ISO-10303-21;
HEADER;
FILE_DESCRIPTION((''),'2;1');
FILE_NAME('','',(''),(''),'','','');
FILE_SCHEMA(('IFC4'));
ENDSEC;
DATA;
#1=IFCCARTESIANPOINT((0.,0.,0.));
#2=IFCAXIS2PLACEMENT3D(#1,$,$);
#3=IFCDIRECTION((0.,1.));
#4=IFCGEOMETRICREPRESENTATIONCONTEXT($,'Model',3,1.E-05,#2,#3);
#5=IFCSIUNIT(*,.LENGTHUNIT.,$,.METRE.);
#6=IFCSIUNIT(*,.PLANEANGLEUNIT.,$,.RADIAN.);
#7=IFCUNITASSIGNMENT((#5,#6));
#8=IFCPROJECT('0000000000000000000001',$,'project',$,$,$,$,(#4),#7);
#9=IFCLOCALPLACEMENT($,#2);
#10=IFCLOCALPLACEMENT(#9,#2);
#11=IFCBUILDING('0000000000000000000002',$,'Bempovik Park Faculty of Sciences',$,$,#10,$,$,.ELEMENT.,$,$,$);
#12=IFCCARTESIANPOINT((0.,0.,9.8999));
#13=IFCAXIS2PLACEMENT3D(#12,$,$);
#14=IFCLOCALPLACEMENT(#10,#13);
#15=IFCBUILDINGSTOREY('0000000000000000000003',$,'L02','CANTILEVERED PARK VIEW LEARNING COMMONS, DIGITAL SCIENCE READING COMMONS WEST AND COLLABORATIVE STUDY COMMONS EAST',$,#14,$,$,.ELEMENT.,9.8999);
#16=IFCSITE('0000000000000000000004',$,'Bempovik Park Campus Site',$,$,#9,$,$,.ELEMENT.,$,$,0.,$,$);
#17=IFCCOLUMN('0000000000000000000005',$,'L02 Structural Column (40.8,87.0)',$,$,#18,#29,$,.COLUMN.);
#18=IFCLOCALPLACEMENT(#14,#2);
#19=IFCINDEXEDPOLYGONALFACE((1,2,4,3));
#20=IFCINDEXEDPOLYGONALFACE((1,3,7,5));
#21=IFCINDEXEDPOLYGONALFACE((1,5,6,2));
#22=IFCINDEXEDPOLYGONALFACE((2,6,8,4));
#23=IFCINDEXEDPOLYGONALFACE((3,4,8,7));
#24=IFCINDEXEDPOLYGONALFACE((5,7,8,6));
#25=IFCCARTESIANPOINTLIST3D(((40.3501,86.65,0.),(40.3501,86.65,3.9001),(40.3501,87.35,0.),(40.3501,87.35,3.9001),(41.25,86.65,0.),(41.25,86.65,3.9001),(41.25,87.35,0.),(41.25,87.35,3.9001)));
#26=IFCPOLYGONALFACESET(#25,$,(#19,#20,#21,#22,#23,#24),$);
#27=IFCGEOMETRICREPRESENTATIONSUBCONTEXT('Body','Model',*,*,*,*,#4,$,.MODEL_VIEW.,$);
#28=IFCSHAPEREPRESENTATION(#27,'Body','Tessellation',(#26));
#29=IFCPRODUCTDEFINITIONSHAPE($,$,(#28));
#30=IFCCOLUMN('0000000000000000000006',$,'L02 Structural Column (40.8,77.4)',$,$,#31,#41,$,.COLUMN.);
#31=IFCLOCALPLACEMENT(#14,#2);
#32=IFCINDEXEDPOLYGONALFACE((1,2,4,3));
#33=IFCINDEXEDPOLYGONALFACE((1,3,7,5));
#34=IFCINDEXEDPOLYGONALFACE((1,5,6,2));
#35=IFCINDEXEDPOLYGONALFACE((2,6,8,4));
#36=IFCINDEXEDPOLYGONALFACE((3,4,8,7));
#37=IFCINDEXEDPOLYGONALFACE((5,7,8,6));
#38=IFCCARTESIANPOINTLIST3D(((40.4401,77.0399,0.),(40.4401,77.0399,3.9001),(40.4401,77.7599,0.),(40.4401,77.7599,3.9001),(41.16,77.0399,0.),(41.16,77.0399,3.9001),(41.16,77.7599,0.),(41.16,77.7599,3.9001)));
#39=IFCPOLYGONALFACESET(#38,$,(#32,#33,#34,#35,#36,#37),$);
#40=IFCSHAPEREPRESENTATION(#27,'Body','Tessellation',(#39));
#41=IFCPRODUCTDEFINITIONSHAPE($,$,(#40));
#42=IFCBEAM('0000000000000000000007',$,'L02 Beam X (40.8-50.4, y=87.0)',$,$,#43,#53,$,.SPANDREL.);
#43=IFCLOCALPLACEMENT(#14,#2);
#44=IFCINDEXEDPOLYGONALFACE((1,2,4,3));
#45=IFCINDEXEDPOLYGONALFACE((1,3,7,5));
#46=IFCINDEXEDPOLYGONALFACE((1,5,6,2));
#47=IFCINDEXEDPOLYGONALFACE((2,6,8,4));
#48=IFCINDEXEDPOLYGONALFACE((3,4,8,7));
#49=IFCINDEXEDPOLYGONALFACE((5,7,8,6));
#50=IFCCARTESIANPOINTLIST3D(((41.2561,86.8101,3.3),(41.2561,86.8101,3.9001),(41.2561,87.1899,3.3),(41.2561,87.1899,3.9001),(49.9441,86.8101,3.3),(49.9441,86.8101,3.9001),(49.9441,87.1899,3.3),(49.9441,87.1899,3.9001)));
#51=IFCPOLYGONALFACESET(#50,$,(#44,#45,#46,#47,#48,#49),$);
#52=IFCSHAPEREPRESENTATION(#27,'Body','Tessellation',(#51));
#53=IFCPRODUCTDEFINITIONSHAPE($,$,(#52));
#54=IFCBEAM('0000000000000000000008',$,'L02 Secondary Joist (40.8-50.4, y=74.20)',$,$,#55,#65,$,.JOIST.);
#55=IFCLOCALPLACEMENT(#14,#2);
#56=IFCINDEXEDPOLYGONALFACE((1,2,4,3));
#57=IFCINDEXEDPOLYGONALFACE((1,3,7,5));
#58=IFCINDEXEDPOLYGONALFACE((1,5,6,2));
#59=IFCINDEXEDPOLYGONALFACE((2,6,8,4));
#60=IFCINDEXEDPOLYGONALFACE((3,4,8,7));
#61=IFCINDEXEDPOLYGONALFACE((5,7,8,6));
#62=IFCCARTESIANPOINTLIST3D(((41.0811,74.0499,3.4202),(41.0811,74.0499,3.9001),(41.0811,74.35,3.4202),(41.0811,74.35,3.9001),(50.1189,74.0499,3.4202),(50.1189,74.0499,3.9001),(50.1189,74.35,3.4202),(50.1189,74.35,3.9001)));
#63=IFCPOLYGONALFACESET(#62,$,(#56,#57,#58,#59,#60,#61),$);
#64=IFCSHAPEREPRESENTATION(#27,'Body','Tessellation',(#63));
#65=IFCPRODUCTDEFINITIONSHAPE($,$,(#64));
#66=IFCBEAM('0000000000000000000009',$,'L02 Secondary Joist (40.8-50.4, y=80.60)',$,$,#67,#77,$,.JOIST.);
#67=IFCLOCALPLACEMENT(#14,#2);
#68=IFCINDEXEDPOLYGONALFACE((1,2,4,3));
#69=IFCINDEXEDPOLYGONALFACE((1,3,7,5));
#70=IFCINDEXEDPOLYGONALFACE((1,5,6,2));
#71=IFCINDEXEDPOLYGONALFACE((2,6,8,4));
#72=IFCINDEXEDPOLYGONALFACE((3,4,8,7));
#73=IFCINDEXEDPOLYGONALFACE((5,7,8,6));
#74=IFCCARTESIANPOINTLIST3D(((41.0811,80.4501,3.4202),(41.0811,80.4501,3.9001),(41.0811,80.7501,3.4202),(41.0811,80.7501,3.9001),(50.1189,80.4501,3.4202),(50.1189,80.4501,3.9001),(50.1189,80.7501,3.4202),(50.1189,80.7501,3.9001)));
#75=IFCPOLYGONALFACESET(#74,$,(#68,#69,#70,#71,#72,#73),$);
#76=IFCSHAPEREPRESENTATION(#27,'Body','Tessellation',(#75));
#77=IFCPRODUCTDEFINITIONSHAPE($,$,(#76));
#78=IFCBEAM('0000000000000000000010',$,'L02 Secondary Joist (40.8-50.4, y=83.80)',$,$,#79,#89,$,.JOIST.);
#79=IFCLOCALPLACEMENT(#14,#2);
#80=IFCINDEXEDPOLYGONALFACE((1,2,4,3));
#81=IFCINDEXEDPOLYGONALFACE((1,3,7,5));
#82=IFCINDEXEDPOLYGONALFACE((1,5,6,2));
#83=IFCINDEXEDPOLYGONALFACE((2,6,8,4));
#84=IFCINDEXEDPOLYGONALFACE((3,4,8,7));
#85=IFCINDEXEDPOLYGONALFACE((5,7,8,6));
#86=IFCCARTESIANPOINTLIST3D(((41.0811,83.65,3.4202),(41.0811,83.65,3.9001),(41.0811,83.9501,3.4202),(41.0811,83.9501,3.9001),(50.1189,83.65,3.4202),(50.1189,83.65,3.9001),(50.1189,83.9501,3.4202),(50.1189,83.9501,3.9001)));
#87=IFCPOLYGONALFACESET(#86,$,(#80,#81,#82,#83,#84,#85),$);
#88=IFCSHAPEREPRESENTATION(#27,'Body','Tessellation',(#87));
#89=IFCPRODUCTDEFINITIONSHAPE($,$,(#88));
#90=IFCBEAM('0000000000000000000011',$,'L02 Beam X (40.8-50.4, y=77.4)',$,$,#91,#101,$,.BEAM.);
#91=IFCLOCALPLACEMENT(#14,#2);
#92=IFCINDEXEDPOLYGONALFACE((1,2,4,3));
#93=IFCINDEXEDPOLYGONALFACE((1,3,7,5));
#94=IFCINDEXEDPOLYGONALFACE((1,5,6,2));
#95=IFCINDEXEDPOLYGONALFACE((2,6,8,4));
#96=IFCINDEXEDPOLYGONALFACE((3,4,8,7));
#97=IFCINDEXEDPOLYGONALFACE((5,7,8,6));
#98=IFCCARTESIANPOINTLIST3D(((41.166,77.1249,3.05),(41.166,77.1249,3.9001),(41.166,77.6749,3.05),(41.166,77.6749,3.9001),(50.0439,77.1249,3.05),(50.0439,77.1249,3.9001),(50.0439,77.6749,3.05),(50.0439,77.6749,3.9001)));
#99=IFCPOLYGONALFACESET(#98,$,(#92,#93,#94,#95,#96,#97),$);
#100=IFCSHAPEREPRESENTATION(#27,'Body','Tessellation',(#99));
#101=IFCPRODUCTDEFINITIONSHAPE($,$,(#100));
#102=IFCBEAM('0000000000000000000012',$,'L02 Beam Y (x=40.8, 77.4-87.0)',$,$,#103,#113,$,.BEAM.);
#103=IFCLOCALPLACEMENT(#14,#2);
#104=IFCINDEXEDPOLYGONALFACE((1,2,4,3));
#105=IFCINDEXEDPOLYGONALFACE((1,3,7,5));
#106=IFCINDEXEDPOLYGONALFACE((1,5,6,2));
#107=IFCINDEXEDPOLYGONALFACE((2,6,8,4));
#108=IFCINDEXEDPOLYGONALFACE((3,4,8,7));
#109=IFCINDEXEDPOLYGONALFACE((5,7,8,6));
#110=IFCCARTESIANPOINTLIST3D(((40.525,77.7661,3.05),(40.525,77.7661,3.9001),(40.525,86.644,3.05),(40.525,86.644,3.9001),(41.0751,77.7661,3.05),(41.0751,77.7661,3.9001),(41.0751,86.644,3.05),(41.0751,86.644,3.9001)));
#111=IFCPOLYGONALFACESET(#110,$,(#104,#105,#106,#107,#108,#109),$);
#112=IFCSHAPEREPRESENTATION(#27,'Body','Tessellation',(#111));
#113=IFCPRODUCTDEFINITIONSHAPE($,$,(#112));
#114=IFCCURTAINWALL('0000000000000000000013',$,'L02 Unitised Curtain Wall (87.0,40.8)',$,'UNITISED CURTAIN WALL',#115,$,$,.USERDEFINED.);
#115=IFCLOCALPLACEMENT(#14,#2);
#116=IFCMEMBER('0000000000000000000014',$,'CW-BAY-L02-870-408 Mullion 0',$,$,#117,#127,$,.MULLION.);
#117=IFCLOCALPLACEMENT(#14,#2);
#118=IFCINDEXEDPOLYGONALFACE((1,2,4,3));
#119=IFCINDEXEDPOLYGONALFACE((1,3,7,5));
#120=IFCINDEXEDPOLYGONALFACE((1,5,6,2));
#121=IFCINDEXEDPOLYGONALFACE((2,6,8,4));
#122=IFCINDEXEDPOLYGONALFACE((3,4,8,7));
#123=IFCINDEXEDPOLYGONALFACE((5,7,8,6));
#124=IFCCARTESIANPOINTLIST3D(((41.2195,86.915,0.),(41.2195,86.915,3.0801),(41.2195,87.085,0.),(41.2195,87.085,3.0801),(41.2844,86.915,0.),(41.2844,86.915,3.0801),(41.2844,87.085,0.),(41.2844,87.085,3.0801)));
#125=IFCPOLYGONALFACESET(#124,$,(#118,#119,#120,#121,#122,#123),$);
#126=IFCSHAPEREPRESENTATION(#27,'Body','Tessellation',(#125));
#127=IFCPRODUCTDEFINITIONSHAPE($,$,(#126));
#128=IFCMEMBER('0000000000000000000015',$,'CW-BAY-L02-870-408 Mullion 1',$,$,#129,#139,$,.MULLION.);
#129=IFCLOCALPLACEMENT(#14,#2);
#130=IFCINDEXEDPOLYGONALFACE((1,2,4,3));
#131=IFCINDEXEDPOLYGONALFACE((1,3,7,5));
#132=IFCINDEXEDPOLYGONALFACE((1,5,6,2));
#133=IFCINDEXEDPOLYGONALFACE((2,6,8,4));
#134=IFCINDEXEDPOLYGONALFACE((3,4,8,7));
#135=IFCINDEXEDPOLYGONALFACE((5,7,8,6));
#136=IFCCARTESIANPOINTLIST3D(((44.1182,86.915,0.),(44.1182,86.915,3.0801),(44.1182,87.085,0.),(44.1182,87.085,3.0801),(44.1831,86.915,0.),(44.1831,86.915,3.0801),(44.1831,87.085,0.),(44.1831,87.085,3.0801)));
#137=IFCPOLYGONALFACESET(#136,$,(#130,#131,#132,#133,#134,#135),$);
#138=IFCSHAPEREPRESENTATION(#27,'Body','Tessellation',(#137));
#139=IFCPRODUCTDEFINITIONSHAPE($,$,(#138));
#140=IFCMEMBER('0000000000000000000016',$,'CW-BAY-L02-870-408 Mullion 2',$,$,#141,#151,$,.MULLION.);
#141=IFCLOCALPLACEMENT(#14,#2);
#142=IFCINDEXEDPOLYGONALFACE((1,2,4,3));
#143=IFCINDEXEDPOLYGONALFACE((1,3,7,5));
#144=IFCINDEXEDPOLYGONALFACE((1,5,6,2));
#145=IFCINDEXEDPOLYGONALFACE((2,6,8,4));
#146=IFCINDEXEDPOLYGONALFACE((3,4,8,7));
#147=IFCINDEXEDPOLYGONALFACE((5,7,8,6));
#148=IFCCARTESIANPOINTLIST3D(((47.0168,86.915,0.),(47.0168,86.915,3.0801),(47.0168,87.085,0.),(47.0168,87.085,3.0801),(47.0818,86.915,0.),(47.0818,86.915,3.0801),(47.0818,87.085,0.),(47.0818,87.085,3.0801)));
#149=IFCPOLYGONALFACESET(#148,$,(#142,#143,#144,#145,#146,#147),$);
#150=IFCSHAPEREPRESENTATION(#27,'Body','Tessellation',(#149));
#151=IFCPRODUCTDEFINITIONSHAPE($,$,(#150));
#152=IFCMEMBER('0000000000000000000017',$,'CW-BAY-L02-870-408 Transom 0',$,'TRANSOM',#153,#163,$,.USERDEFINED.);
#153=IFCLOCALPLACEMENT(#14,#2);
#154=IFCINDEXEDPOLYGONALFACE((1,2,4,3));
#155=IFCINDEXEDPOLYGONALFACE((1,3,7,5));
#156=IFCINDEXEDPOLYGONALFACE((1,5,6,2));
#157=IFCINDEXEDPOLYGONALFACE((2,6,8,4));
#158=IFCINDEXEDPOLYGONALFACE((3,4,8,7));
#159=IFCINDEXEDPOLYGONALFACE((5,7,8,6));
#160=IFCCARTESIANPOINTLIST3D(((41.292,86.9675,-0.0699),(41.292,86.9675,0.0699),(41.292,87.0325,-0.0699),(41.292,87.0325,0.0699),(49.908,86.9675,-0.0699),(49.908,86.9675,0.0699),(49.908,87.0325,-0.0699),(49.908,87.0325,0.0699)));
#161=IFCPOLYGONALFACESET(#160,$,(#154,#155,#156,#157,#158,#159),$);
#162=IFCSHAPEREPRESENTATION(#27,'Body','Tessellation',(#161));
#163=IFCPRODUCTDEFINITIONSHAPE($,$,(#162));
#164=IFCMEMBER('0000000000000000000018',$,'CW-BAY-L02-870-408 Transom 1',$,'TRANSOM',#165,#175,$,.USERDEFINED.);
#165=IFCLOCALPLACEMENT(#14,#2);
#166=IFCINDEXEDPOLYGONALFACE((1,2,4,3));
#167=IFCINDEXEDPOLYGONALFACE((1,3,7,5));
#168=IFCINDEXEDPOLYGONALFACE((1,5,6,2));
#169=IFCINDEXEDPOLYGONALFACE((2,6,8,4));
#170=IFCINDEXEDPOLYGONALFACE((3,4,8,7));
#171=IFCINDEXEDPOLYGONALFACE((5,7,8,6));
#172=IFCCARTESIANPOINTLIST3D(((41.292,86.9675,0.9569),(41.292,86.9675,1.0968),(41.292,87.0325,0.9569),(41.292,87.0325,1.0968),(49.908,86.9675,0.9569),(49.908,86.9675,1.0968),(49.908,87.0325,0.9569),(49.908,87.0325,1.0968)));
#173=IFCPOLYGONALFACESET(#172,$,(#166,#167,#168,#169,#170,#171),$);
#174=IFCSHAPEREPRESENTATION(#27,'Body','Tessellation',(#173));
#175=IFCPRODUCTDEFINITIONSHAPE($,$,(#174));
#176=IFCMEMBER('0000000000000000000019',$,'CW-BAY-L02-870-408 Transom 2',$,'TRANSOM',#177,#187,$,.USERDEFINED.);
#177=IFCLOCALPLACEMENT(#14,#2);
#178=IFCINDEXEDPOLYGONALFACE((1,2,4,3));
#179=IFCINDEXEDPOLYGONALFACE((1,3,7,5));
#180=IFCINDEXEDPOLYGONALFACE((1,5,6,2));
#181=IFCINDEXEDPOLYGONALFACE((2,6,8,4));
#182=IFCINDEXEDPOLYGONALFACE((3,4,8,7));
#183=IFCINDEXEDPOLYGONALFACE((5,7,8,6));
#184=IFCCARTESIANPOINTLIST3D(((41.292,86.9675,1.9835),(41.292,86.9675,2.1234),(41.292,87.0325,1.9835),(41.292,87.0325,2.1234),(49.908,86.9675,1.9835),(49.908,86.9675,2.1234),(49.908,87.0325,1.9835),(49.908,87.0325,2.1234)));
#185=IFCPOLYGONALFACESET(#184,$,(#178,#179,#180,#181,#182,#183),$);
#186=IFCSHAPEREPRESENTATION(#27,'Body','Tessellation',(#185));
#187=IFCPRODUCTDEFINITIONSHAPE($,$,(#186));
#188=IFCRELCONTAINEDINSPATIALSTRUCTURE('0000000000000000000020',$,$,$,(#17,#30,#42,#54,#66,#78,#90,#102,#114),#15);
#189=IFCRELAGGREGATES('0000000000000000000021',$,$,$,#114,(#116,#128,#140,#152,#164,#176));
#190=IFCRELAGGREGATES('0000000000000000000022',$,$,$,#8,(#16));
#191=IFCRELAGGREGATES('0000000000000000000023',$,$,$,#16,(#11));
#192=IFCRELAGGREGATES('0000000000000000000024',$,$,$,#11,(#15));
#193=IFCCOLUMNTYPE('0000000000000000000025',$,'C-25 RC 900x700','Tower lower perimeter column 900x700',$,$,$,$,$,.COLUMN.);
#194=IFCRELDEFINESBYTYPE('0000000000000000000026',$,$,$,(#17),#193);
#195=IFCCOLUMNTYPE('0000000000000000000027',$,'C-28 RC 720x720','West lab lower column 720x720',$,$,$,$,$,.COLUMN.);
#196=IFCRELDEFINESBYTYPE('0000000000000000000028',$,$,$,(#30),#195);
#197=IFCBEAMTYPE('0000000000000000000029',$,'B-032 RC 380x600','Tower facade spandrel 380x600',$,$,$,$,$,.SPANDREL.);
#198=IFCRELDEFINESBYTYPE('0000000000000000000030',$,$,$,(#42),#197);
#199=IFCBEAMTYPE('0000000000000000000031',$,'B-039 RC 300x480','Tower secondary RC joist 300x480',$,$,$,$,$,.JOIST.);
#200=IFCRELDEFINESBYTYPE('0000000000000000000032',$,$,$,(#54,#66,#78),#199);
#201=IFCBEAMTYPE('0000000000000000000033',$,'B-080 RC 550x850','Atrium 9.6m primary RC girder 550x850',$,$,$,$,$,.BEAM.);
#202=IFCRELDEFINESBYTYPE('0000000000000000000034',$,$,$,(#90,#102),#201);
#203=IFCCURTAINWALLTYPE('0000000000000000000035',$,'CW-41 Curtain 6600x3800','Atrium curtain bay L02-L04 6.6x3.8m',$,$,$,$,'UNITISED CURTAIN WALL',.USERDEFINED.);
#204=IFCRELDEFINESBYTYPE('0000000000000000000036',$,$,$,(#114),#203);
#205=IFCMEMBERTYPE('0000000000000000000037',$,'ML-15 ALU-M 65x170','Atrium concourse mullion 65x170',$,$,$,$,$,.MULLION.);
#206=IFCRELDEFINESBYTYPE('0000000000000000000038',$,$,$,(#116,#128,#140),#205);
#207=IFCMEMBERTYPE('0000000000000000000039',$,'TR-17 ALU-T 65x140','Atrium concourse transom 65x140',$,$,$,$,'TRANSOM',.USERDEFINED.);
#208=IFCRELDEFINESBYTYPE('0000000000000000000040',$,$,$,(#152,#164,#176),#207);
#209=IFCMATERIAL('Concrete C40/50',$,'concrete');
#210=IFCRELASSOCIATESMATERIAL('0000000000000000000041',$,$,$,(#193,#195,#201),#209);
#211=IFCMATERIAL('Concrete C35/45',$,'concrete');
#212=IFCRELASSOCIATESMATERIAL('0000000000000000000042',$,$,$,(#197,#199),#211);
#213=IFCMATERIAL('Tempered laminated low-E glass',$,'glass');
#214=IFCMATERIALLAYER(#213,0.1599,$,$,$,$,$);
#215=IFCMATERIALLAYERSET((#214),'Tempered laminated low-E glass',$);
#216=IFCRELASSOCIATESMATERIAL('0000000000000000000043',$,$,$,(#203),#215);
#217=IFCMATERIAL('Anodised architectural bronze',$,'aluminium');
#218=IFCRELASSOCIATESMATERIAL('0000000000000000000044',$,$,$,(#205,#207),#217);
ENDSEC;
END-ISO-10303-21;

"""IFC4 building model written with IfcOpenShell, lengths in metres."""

from ifc_helpers import new_model, si_unit, direction, frame, origin, origin_2d, place, context, subcontext, project, spatial, rectangle, extrude, material, layer, layer_set, material_profile, profile_set, type_object, element, aggregate, save


model = new_model("IFC4")

# Units and contexts
model_context = context("Model", 3, precision=1e-05, world=origin(), true_north=direction((0.0, 1.0)))
body_context = subcontext(model_context, "Body", "Model", "MODEL_VIEW")
ifc_project = project(units=[si_unit("LENGTHUNIT", "METRE"), si_unit("PLANEANGLEUNIT", "RADIAN")], contexts=[model_context])

# Site, building, storey
site_placement = place(None, origin())
site = spatial("IfcSite", under=ifc_project, at=site_placement, Name="Bempovik Park Campus Site", CompositionType="ELEMENT", RefElevation=0.0)
building_placement = place(site_placement, origin())
building = spatial("IfcBuilding", under=site, at=building_placement, Name="Bempovik Park Faculty of Sciences", CompositionType="ELEMENT")
storey_placement = place(building_placement, frame((0.0, 0.0, 9.8999)))
storey = spatial("IfcBuildingStorey", under=building, at=storey_placement, Name="L02", Description="CANTILEVERED PARK VIEW LEARNING COMMONS, DIGITAL SCIENCE READING COMMONS WEST AND COLLABORATIVE STUDY COMMONS EAST", CompositionType="ELEMENT", Elevation=9.8999)

# Columns
ifc_material_1 = material(Name="Concrete C40/50", Category="concrete")
ifc_material_profile_1 = material_profile(ifc_material_1, rectangle(XDim=0.8999, YDim=0.7, at=origin_2d()), Name="RC 900x700")
ifc_profile_set_1 = profile_set([ifc_material_profile_1], Name="Concrete C40/50")
column_type_1 = type_object("IfcColumnType", Name="C-25 RC 900x700", Description="Tower lower perimeter column 900x700", PredefinedType="COLUMN", material=ifc_profile_set_1)
column_1_placement = place(storey_placement, frame((40.8, 87.0, 0.0), z_axis=(0.0, 0.0, 1.0), x_axis=(1.0, 0.0, 0.0)))
element("IfcColumn", 1, at=column_1_placement, inside=storey, type_object=column_type_1, Name="L02 Structural Column (40.8,87.0)", PredefinedType="COLUMN", context=body_context, shape_type="SweptSolid", body=[
    extrude(rectangle(XDim=0.8999, YDim=0.7, at=origin_2d()), origin(), (0.0, 0.0, 1.0), 3.9001),
])
ifc_material_profile_2 = material_profile(ifc_material_1, rectangle(XDim=0.72, YDim=0.72, at=origin_2d()), Name="RC 720x720")
ifc_profile_set_2 = profile_set([ifc_material_profile_2], Name="Concrete C40/50")
column_type_2 = type_object("IfcColumnType", Name="C-28 RC 720x720", Description="West lab lower column 720x720", PredefinedType="COLUMN", material=ifc_profile_set_2)
column_2_placement = place(storey_placement, frame((40.8, 77.3999, 0.0), z_axis=(0.0, 0.0, 1.0), x_axis=(1.0, 0.0, 0.0)))
element("IfcColumn", 2, at=column_2_placement, inside=storey, type_object=column_type_2, Name="L02 Structural Column (40.8,77.4)", PredefinedType="COLUMN", context=body_context, shape_type="SweptSolid", body=[
    extrude(rectangle(XDim=0.72, YDim=0.72, at=origin_2d()), origin(), (0.0, 0.0, 1.0), 3.9001),
])

# Beams
ifc_material_2 = material(Name="Concrete C35/45", Category="concrete")
ifc_material_profile_3 = material_profile(ifc_material_2, rectangle(XDim=0.3799, YDim=0.6001, at=origin_2d()), Name="RC 380x600")
ifc_profile_set_3 = profile_set([ifc_material_profile_3], Name="Concrete C35/45")
beam_type_1 = type_object("IfcBeamType", Name="B-032 RC 380x600", Description="Tower facade spandrel 380x600", PredefinedType="SPANDREL", material=ifc_profile_set_3)
beam_placement = place(storey_placement, frame((41.2561, 87.0, 3.6001), z_axis=(1.0, 0.0, 0.0), x_axis=(0.0, 1.0, 0.0)))
element("IfcBeam", 3, at=beam_placement, inside=storey, type_object=beam_type_1, Name="L02 Beam X (40.8-50.4, y=87.0)", PredefinedType="SPANDREL", context=body_context, shape_type="SweptSolid", body=[
    extrude(rectangle(XDim=0.3799, YDim=0.6001, at=origin_2d()), origin(), (0.0, 0.0, 1.0), 8.688),
])
ifc_material_profile_4 = material_profile(ifc_material_2, rectangle(XDim=0.3, YDim=0.48, at=origin_2d()), Name="RC 300x480")
ifc_profile_set_4 = profile_set([ifc_material_profile_4], Name="Concrete C35/45")
beam_type_2 = type_object("IfcBeamType", Name="B-039 RC 300x480", Description="Tower secondary RC joist 300x480", PredefinedType="JOIST", material=ifc_profile_set_4)
for number, where, z_axis, x_axis, name in (
    (4, (41.0811, 74.2, 3.6602), (1.0, 0.0, 0.0), (0.0, 1.0, 0.0), "L02 Secondary Joist (40.8-50.4, y=74.20)"),
    (5, (41.0811, 80.6001, 3.6602), (1.0, 0.0, 0.0), (0.0, 1.0, 0.0), "L02 Secondary Joist (40.8-50.4, y=80.60)"),
    (6, (41.0811, 83.8, 3.6602), (1.0, 0.0, 0.0), (0.0, 1.0, 0.0), "L02 Secondary Joist (40.8-50.4, y=83.80)"),
):
    element("IfcBeam", number, at=place(storey_placement, frame(where, z_axis=z_axis, x_axis=x_axis)), inside=storey, type_object=beam_type_2, Name=name, PredefinedType="JOIST", context=body_context, shape_type="SweptSolid", body=[
        extrude(rectangle(XDim=0.3, YDim=0.48, at=origin_2d()), origin(), (0.0, 0.0, 1.0), 9.0378),
    ])
ifc_material_profile_5 = material_profile(ifc_material_1, rectangle(XDim=0.55, YDim=0.8501, at=origin_2d()), Name="RC 550x850")
ifc_profile_set_5 = profile_set([ifc_material_profile_5], Name="Concrete C40/50")
beam_type_3 = type_object("IfcBeamType", Name="B-080 RC 550x850", Description="Atrium 9.6m primary RC girder 550x850", PredefinedType="BEAM", material=ifc_profile_set_5)
for number, where, z_axis, x_axis, name in (
    (7, (41.166, 77.3999, 3.4751), (1.0, 0.0, 0.0), (0.0, 1.0, 0.0), "L02 Beam X (40.8-50.4, y=77.4)"),
    (8, (40.8, 77.7661, 3.4751), (0.0, 1.0, 0.0), (-1.0, 0.0, 0.0), "L02 Beam Y (x=40.8, 77.4-87.0)"),
):
    element("IfcBeam", number, at=place(storey_placement, frame(where, z_axis=z_axis, x_axis=x_axis)), inside=storey, type_object=beam_type_3, Name=name, PredefinedType="BEAM", context=body_context, shape_type="SweptSolid", body=[
        extrude(rectangle(XDim=0.55, YDim=0.8501, at=origin_2d()), origin(), (0.0, 0.0, 1.0), 8.8779),
    ])

# Curtain wall, members
ifc_material_3 = material(Name="Tempered laminated low-E glass", Category="glass")
ifc_layer_1 = layer(ifc_material_3, 0.1599)
ifc_layer_set_1 = layer_set([ifc_layer_1], Name="Tempered laminated low-E glass")
curtain_wall_type = type_object("IfcCurtainWallType", Name="CW-41 Curtain 6600x3800", Description="Atrium curtain bay L02-L04 6.6x3.8m", ElementType="UNITISED CURTAIN WALL", PredefinedType="USERDEFINED", material=ifc_layer_set_1)
curtain_wall_placement = place(storey_placement, origin())
curtain_wall = element("IfcCurtainWall", 9, at=curtain_wall_placement, inside=storey, type_object=curtain_wall_type, Name="L02 Unitised Curtain Wall (87.0,40.8)", ObjectType="UNITISED CURTAIN WALL", PredefinedType="USERDEFINED")
ifc_material_4 = material(Name="Anodised architectural bronze", Category="aluminium")
ifc_material_profile_6 = material_profile(ifc_material_4, rectangle(XDim=0.0649, YDim=0.1699, at=origin_2d()), Name="ALU-M 65x170")
ifc_profile_set_6 = profile_set([ifc_material_profile_6], Name="Anodised architectural bronze")
member_type_1 = type_object("IfcMemberType", Name="ML-15 ALU-M 65x170", Description="Atrium concourse mullion 65x170", PredefinedType="MULLION", material=ifc_profile_set_6)
member_1_placement = place(storey_placement, frame((41.252, 87.0, 0.0), z_axis=(0.0, 0.0, 1.0), x_axis=(1.0, 0.0, 0.0)))
member_1 = element("IfcMember", 10, at=member_1_placement, type_object=member_type_1, Name="CW-BAY-L02-870-408 Mullion 0", PredefinedType="MULLION", context=body_context, shape_type="SweptSolid", body=[
    extrude(rectangle(XDim=0.0649, YDim=0.1699, at=origin_2d()), origin(), (0.0, 0.0, 1.0), 3.0801),
])
member_2_placement = place(storey_placement, frame((44.1506, 87.0, 0.0), z_axis=(0.0, 0.0, 1.0), x_axis=(1.0, 0.0, 0.0)))
member_2 = element("IfcMember", 11, at=member_2_placement, type_object=member_type_1, Name="CW-BAY-L02-870-408 Mullion 1", PredefinedType="MULLION", context=body_context, shape_type="SweptSolid", body=[
    extrude(rectangle(XDim=0.0649, YDim=0.1699, at=origin_2d()), origin(), (0.0, 0.0, 1.0), 3.0801),
])
member_3_placement = place(storey_placement, frame((47.0493, 87.0, 0.0), z_axis=(0.0, 0.0, 1.0), x_axis=(1.0, 0.0, 0.0)))
member_3 = element("IfcMember", 12, at=member_3_placement, type_object=member_type_1, Name="CW-BAY-L02-870-408 Mullion 2", PredefinedType="MULLION", context=body_context, shape_type="SweptSolid", body=[
    extrude(rectangle(XDim=0.0649, YDim=0.1699, at=origin_2d()), origin(), (0.0, 0.0, 1.0), 3.0801),
])
ifc_material_profile_7 = material_profile(ifc_material_4, rectangle(XDim=0.0649, YDim=0.1399, at=origin_2d()), Name="ALU-T 65x140")
ifc_profile_set_7 = profile_set([ifc_material_profile_7], Name="Anodised architectural bronze")
member_type_2 = type_object("IfcMemberType", Name="TR-17 ALU-T 65x140", Description="Atrium concourse transom 65x140", ElementType="TRANSOM", PredefinedType="USERDEFINED", material=ifc_profile_set_7)
member_4_placement = place(storey_placement, frame((41.292, 87.0, 0.0), z_axis=(1.0, 0.0, 0.0), x_axis=(0.0, 1.0, 0.0)))
member_4 = element("IfcMember", 13, at=member_4_placement, type_object=member_type_2, Name="CW-BAY-L02-870-408 Transom 0", ObjectType="TRANSOM", PredefinedType="USERDEFINED", context=body_context, shape_type="SweptSolid", body=[
    extrude(rectangle(XDim=0.0649, YDim=0.1399, at=origin_2d()), origin(), (0.0, 0.0, 1.0), 8.616),
])
member_5_placement = place(storey_placement, frame((41.292, 87.0, 1.0269), z_axis=(1.0, 0.0, 0.0), x_axis=(0.0, 1.0, 0.0)))
member_5 = element("IfcMember", 14, at=member_5_placement, type_object=member_type_2, Name="CW-BAY-L02-870-408 Transom 1", ObjectType="TRANSOM", PredefinedType="USERDEFINED", context=body_context, shape_type="SweptSolid", body=[
    extrude(rectangle(XDim=0.0649, YDim=0.1399, at=origin_2d()), origin(), (0.0, 0.0, 1.0), 8.616),
])
member_6_placement = place(storey_placement, frame((41.292, 87.0, 2.0535), z_axis=(1.0, 0.0, 0.0), x_axis=(0.0, 1.0, 0.0)))
member_6 = element("IfcMember", 15, at=member_6_placement, type_object=member_type_2, Name="CW-BAY-L02-870-408 Transom 2", ObjectType="TRANSOM", PredefinedType="USERDEFINED", context=body_context, shape_type="SweptSolid", body=[
    extrude(rectangle(XDim=0.0649, YDim=0.1399, at=origin_2d()), origin(), (0.0, 0.0, 1.0), 8.616),
])
aggregate(curtain_wall, [member_1, member_2, member_3, member_4, member_5, member_6])

save(model, "model.ifc")
